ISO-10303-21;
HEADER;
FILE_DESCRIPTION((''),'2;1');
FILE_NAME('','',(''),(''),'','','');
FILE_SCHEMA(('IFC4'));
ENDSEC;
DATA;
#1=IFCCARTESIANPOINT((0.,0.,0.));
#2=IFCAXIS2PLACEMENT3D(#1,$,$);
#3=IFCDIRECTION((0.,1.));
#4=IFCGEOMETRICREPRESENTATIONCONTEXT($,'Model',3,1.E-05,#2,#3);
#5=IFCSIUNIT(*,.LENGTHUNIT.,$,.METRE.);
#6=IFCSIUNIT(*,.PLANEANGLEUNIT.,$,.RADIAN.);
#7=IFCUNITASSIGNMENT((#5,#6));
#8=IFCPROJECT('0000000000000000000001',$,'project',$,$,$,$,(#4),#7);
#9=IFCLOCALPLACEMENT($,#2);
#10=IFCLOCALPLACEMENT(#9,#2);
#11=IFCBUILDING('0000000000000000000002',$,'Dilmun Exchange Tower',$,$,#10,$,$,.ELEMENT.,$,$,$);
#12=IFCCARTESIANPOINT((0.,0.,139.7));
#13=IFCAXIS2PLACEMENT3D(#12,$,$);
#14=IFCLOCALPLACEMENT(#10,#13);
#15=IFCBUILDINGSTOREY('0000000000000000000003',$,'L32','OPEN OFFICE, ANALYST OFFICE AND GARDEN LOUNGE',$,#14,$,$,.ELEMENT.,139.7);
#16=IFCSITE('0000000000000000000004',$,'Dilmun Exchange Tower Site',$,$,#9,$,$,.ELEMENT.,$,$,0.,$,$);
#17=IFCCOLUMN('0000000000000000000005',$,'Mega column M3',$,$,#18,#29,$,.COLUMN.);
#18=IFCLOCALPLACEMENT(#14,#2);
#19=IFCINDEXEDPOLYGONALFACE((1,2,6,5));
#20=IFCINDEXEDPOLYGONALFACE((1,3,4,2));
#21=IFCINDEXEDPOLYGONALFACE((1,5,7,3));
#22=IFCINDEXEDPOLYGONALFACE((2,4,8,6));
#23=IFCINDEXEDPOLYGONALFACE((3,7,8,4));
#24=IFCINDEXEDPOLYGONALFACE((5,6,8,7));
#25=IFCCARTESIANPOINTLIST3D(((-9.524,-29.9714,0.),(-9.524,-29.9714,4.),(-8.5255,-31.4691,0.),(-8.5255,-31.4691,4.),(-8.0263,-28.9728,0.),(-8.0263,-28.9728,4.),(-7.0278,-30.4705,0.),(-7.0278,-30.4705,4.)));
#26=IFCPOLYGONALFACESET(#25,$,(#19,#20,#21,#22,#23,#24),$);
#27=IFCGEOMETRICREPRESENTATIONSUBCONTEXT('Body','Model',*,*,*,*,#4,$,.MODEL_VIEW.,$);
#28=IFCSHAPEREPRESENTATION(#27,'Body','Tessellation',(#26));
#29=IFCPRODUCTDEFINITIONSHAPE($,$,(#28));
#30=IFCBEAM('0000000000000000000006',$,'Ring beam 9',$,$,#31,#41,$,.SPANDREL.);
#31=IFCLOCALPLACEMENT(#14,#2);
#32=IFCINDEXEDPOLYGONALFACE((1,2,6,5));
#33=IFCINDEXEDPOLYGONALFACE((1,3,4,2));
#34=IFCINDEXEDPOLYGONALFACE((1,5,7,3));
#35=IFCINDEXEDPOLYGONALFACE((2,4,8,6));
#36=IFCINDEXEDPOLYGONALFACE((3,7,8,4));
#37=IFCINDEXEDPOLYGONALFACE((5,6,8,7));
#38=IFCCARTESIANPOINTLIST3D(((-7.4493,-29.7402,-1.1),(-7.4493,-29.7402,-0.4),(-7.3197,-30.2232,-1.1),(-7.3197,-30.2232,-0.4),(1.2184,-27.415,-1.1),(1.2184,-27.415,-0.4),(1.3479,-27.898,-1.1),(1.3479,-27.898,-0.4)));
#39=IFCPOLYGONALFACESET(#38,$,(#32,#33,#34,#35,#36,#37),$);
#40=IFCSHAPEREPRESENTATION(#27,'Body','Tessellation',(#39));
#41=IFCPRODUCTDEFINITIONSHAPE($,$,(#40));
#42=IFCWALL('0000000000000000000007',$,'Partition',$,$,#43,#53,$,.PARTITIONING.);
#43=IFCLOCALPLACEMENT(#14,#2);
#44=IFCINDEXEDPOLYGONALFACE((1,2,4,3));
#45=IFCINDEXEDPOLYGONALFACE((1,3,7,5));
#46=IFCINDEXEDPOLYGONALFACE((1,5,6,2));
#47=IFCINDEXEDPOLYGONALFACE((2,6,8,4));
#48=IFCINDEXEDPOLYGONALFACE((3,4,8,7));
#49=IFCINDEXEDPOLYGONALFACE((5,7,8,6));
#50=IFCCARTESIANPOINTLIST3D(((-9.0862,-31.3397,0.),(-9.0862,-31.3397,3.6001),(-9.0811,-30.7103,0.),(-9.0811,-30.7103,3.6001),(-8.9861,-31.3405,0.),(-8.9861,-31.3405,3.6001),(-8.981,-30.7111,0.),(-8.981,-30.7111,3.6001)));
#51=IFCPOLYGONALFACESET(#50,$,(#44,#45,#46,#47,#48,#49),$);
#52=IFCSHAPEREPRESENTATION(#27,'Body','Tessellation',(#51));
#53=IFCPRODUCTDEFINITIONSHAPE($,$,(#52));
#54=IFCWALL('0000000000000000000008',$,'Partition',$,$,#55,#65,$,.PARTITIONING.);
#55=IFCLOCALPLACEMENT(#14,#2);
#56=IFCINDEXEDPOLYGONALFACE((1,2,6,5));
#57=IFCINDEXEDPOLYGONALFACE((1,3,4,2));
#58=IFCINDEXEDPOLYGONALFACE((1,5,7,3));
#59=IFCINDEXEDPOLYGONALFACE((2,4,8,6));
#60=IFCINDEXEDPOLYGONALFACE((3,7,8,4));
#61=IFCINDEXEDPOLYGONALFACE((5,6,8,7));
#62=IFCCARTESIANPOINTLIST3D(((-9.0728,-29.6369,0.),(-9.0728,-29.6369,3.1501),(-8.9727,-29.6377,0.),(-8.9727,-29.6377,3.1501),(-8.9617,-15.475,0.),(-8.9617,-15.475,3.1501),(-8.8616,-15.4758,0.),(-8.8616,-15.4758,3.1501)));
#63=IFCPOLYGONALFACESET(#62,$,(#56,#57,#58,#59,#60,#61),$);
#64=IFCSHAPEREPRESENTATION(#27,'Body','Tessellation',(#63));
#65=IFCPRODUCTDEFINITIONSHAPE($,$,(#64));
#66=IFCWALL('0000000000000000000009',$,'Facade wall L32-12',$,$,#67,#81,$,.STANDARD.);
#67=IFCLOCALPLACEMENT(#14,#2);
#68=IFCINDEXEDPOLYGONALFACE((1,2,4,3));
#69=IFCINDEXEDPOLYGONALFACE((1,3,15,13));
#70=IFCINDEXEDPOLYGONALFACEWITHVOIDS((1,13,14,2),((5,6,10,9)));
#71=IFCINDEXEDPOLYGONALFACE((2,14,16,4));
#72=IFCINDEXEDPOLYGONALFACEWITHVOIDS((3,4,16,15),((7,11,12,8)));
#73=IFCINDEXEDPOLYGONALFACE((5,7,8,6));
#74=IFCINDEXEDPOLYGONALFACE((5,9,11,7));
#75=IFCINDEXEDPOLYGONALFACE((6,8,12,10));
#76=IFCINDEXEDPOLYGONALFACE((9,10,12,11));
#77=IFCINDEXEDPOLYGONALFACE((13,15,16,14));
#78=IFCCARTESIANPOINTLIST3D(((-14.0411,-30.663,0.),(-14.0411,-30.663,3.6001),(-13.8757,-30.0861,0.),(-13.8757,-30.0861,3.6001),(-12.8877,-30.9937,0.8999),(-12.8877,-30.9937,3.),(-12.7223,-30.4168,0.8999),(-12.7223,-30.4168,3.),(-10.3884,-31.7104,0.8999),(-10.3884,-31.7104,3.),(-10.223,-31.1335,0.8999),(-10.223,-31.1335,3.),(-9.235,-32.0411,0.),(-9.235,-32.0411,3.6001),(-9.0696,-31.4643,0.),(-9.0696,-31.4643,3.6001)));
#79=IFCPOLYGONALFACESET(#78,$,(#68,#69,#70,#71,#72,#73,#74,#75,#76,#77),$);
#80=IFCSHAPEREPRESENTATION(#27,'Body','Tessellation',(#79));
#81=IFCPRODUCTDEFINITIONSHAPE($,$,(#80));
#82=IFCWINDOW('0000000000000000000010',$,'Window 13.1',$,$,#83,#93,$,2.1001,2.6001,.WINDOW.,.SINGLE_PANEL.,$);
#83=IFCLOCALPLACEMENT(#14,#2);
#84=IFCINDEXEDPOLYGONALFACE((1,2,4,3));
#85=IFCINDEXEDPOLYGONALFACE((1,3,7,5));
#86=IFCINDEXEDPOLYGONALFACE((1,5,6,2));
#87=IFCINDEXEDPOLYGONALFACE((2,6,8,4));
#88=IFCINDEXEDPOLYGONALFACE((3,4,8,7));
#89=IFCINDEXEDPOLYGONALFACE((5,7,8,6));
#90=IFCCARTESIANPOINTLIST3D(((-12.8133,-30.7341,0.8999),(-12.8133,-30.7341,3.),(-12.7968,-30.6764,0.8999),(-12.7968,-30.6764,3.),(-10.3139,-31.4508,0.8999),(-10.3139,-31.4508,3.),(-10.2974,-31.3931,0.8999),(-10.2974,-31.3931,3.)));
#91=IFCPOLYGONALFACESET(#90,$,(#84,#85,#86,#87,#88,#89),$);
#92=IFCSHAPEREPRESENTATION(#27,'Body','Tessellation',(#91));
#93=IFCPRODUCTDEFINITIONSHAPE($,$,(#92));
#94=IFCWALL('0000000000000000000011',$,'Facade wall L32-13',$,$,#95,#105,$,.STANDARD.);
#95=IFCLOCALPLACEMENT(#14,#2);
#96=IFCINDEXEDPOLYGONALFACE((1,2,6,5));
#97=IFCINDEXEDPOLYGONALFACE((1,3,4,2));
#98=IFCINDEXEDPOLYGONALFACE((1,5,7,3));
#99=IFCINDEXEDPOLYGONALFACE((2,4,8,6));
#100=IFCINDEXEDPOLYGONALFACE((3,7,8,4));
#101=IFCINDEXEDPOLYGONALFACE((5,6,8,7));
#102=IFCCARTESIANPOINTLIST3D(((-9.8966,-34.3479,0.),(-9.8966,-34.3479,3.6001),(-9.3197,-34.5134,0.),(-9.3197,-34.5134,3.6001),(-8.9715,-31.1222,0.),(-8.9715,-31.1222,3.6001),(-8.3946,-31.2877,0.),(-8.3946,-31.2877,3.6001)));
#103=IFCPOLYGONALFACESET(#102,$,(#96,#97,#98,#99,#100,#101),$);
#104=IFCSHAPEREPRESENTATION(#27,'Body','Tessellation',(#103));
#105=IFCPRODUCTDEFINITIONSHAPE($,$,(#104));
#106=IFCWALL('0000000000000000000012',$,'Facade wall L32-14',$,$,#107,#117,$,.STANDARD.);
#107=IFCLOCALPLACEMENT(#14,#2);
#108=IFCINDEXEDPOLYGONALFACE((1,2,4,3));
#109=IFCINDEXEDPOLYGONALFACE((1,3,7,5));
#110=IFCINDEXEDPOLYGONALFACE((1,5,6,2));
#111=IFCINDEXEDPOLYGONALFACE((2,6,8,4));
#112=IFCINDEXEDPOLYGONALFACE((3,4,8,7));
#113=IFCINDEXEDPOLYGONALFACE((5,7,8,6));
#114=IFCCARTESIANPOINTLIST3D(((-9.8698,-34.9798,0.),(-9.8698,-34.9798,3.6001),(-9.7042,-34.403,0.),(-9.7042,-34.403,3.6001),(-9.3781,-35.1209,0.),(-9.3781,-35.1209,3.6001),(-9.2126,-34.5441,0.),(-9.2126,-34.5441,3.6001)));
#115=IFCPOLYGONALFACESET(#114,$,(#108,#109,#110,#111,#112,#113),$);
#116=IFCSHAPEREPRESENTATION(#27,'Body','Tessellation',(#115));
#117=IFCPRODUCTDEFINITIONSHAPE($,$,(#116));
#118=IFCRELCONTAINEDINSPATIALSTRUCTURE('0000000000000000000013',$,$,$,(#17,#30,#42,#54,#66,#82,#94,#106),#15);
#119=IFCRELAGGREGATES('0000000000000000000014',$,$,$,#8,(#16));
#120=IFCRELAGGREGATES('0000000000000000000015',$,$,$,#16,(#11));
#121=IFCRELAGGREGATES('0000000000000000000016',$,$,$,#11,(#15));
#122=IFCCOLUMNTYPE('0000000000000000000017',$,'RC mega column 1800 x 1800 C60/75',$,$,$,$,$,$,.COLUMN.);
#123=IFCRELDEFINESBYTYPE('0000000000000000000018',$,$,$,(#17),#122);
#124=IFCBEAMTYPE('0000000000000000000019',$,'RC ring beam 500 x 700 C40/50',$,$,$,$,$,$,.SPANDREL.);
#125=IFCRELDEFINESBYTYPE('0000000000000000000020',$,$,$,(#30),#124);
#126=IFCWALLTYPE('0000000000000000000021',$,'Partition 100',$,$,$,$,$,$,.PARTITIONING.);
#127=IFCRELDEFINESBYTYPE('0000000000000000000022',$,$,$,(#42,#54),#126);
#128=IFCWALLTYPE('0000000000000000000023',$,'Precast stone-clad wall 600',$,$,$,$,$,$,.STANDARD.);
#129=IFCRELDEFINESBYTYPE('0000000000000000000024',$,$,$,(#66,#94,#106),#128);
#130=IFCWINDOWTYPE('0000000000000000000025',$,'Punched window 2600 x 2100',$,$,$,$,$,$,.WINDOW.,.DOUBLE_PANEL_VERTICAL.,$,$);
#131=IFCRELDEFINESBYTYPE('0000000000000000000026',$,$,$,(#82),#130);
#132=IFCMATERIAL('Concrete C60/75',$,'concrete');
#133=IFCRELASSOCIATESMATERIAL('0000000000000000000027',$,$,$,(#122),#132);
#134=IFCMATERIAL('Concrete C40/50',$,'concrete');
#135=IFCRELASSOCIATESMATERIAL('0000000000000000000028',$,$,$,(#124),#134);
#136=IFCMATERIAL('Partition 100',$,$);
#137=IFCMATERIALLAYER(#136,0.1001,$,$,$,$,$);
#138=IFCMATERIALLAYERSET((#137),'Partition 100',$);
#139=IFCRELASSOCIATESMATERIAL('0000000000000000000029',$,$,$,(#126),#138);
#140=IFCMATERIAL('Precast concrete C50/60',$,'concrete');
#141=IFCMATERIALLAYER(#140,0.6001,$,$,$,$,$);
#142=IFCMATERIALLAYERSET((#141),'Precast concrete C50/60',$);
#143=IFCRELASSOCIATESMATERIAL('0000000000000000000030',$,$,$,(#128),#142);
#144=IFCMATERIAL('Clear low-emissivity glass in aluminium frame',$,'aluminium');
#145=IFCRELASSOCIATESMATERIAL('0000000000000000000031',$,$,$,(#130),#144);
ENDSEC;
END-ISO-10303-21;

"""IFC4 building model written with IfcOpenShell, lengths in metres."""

from ifc_helpers import new_model, si_unit, direction, frame, frame_2d, origin, origin_2d, place, context, subcontext, project, spatial, rectangle, extrude, material, layer, layer_set, material_profile, profile_set, type_object, element, fill, save


model = new_model("IFC4")

# Units and contexts
model_context = context("Model", 3, precision=1e-05, world=origin(), true_north=direction((0.0, 1.0)))
body_context = subcontext(model_context, "Body", "Model", "MODEL_VIEW")
ifc_project = project(units=[si_unit("LENGTHUNIT", "METRE"), si_unit("PLANEANGLEUNIT", "RADIAN")], contexts=[model_context])

# Site, building, storey
site_placement = place(None, origin())
site = spatial("IfcSite", under=ifc_project, at=site_placement, Name="Dilmun Exchange Tower Site", CompositionType="ELEMENT", RefElevation=0.0)
building_placement = place(site_placement, origin())
building = spatial("IfcBuilding", under=site, at=building_placement, Name="Dilmun Exchange Tower", CompositionType="ELEMENT")
storey_placement = place(building_placement, frame((0.0, 0.0, 139.7)))
storey = spatial("IfcBuildingStorey", under=building, at=storey_placement, Name="L32", Description="OPEN OFFICE, ANALYST OFFICE AND GARDEN LOUNGE", CompositionType="ELEMENT", Elevation=139.7)

# Column
ifc_material_1 = material(Name="Concrete C60/75", Category="concrete")
ifc_material_profile_1 = material_profile(ifc_material_1, rectangle(XDim=1.8, YDim=1.8, at=origin_2d()), Name="1800 x 1800")
ifc_profile_set_1 = profile_set([ifc_material_profile_1], Name="Concrete C60/75")
column_type = type_object("IfcColumnType", Name="RC mega column 1800 x 1800 C60/75", PredefinedType="COLUMN", material=ifc_profile_set_1)
column_placement = place(storey_placement, frame((-8.2759, -30.2209, 0.0), z_axis=(0.0, 0.0, 1.0), x_axis=(0.832029, 0.554733, 0.0)))
element("IfcColumn", 1, at=column_placement, inside=storey, type_object=column_type, Name="Mega column M3", PredefinedType="COLUMN", context=body_context, shape_type="SweptSolid", body=[
    extrude(rectangle(XDim=1.8, YDim=1.8, at=origin_2d()), origin(), (0.0, 0.0, 1.0), 4.0),
])

# Beam
ifc_material_2 = material(Name="Concrete C40/50", Category="concrete")
ifc_material_profile_2 = material_profile(ifc_material_2, rectangle(XDim=0.5, YDim=0.7, at=origin_2d()), Name="500 x 700")
ifc_profile_set_2 = profile_set([ifc_material_profile_2], Name="Concrete C40/50")
beam_type = type_object("IfcBeamType", Name="RC ring beam 500 x 700 C40/50", PredefinedType="SPANDREL", material=ifc_profile_set_2)
beam_placement = place(storey_placement, frame((-7.3845, -29.9817, -0.75), z_axis=(0.965851, 0.259098, 0.0), x_axis=(-0.259098, 0.965851, 0.0)))
element("IfcBeam", 2, at=beam_placement, inside=storey, type_object=beam_type, Name="Ring beam 9", PredefinedType="SPANDREL", context=body_context, shape_type="SweptSolid", body=[
    extrude(rectangle(XDim=0.5, YDim=0.7, at=origin_2d()), origin(), (0.0, 0.0, 1.0), 8.9741),
])

# Walls
ifc_material_3 = material(Name="Partition 100")
ifc_layer_1 = layer(ifc_material_3, 0.1001)
ifc_layer_set_1 = layer_set([ifc_layer_1], Name="Partition 100")
wall_type_1 = type_object("IfcWallType", Name="Partition 100", PredefinedType="PARTITIONING", material=ifc_layer_set_1)
wall_1_placement = place(storey_placement, frame((-9.0361, -31.3401, 0.0), z_axis=(0.0, 0.0, 1.0), x_axis=(0.008146, 0.999967, 0.0)))
element("IfcWall", 3, at=wall_1_placement, inside=storey, type_object=wall_type_1, Name="Partition", PredefinedType="PARTITIONING", context=body_context, shape_type="SweptSolid", body=[
    extrude(rectangle(XDim=0.6294, YDim=0.1001, at=frame_2d((0.3147, 0.0))), origin(), (0.0, 0.0, 1.0), 3.6001),
])
wall_2_placement = place(storey_placement, frame((-9.0227, -29.6372, 0.0), z_axis=(0.0, 0.0, 1.0), x_axis=(0.007844, 0.999969, 0.0)))
element("IfcWall", 4, at=wall_2_placement, inside=storey, type_object=wall_type_1, Name="Partition", PredefinedType="PARTITIONING", context=body_context, shape_type="SweptSolid", body=[
    extrude(rectangle(XDim=14.1624, YDim=0.1001, at=frame_2d((7.0811, 0.0))), origin(), (0.0, 0.0, 1.0), 3.1501),
])

# Wall, opening, window
ifc_material_4 = material(Name="Precast concrete C50/60", Category="concrete")
ifc_layer_2 = layer(ifc_material_4, 0.6001)
ifc_layer_set_2 = layer_set([ifc_layer_2], Name="Precast concrete C50/60")
wall_type_2 = type_object("IfcWallType", Name="Precast stone-clad wall 600", PredefinedType="STANDARD", material=ifc_layer_set_2)
wall_3_placement = place(storey_placement, frame((-13.9585, -30.3745, 0.0), z_axis=(0.0, 0.0, 1.0), x_axis=(0.96126, -0.275643, 0.0)))
wall_3 = element("IfcWall", 5, at=wall_3_placement, inside=storey, type_object=wall_type_2, Name="Facade wall L32-12", PredefinedType="STANDARD", context=body_context, shape_type="SweptSolid", body=[
    extrude(rectangle(XDim=4.9998, YDim=0.6001, at=frame_2d((2.5, 0.0))), origin(), (0.0, 0.0, 1.0), 3.6001),
])
opening_1_placement = place(wall_3_placement, frame((1.2, 0.0, 0.8999)))
opening_1 = element("IfcOpeningElement", 6, at=opening_1_placement, cuts=wall_3, PredefinedType="OPENING", context=body_context, shape_type="SweptSolid", body=[
    extrude(rectangle(XDim=2.6001, YDim=2.1001, at=frame_2d((1.3, 1.05))), frame((0.0, 0.3101, 0.0), z_axis=(0.0, -1.0, 0.0), x_axis=(1.0, 0.0, 0.0)), (0.0, 0.0, 1.0), 0.6201),
])
ifc_material_5 = material(Name="Clear low-emissivity glass in aluminium frame", Category="aluminium")
window_type_1 = type_object("IfcWindowType", Name="Punched window 2600 x 2100", PartitioningType="DOUBLE_PANEL_VERTICAL", PredefinedType="WINDOW", material=ifc_material_5)
window_1_placement = place(opening_1_placement, origin())
window_1 = element("IfcWindow", 7, at=window_1_placement, inside=storey, type_object=window_type_1, Name="Window 13.1", OverallHeight=2.1001, OverallWidth=2.6001, PartitioningType="SINGLE_PANEL", PredefinedType="WINDOW", context=body_context, shape_type="SweptSolid", body=[
    extrude(rectangle(XDim=2.6001, YDim=2.1001, at=frame_2d((1.3, 1.05))), frame((0.0, 0.03, 0.0), z_axis=(0.0, -1.0, 0.0), x_axis=(1.0, 0.0, 0.0)), (0.0, 0.0, 1.0), 0.0601),
])
fill(opening_1, window_1)

# Walls
wall_4_placement = place(storey_placement, frame((-8.6831, -31.2051, 0.0), z_axis=(0.0, 0.0, 1.0), x_axis=(-0.275672, -0.961252, 0.0)))
element("IfcWall", 8, at=wall_4_placement, inside=storey, type_object=wall_type_2, Name="Facade wall L32-13", PredefinedType="STANDARD", context=body_context, shape_type="SweptSolid", body=[
    extrude(rectangle(XDim=3.3557, YDim=0.6001, at=frame_2d((1.6777, 0.0))), origin(), (0.0, 0.0, 1.0), 3.6001),
])
wall_5_placement = place(storey_placement, frame((-9.7871, -34.6914, 0.0), z_axis=(0.0, 0.0, 1.0), x_axis=(0.961199, -0.275856, 0.0)))
element("IfcWall", 9, at=wall_5_placement, inside=storey, type_object=wall_type_2, Name="Facade wall L32-14", PredefinedType="STANDARD", context=body_context, shape_type="SweptSolid", body=[
    extrude(rectangle(XDim=0.5115, YDim=0.6001, at=frame_2d((0.2559, 0.0))), origin(), (0.0, 0.0, 1.0), 3.6001),
])

save(model, "model.ifc")
